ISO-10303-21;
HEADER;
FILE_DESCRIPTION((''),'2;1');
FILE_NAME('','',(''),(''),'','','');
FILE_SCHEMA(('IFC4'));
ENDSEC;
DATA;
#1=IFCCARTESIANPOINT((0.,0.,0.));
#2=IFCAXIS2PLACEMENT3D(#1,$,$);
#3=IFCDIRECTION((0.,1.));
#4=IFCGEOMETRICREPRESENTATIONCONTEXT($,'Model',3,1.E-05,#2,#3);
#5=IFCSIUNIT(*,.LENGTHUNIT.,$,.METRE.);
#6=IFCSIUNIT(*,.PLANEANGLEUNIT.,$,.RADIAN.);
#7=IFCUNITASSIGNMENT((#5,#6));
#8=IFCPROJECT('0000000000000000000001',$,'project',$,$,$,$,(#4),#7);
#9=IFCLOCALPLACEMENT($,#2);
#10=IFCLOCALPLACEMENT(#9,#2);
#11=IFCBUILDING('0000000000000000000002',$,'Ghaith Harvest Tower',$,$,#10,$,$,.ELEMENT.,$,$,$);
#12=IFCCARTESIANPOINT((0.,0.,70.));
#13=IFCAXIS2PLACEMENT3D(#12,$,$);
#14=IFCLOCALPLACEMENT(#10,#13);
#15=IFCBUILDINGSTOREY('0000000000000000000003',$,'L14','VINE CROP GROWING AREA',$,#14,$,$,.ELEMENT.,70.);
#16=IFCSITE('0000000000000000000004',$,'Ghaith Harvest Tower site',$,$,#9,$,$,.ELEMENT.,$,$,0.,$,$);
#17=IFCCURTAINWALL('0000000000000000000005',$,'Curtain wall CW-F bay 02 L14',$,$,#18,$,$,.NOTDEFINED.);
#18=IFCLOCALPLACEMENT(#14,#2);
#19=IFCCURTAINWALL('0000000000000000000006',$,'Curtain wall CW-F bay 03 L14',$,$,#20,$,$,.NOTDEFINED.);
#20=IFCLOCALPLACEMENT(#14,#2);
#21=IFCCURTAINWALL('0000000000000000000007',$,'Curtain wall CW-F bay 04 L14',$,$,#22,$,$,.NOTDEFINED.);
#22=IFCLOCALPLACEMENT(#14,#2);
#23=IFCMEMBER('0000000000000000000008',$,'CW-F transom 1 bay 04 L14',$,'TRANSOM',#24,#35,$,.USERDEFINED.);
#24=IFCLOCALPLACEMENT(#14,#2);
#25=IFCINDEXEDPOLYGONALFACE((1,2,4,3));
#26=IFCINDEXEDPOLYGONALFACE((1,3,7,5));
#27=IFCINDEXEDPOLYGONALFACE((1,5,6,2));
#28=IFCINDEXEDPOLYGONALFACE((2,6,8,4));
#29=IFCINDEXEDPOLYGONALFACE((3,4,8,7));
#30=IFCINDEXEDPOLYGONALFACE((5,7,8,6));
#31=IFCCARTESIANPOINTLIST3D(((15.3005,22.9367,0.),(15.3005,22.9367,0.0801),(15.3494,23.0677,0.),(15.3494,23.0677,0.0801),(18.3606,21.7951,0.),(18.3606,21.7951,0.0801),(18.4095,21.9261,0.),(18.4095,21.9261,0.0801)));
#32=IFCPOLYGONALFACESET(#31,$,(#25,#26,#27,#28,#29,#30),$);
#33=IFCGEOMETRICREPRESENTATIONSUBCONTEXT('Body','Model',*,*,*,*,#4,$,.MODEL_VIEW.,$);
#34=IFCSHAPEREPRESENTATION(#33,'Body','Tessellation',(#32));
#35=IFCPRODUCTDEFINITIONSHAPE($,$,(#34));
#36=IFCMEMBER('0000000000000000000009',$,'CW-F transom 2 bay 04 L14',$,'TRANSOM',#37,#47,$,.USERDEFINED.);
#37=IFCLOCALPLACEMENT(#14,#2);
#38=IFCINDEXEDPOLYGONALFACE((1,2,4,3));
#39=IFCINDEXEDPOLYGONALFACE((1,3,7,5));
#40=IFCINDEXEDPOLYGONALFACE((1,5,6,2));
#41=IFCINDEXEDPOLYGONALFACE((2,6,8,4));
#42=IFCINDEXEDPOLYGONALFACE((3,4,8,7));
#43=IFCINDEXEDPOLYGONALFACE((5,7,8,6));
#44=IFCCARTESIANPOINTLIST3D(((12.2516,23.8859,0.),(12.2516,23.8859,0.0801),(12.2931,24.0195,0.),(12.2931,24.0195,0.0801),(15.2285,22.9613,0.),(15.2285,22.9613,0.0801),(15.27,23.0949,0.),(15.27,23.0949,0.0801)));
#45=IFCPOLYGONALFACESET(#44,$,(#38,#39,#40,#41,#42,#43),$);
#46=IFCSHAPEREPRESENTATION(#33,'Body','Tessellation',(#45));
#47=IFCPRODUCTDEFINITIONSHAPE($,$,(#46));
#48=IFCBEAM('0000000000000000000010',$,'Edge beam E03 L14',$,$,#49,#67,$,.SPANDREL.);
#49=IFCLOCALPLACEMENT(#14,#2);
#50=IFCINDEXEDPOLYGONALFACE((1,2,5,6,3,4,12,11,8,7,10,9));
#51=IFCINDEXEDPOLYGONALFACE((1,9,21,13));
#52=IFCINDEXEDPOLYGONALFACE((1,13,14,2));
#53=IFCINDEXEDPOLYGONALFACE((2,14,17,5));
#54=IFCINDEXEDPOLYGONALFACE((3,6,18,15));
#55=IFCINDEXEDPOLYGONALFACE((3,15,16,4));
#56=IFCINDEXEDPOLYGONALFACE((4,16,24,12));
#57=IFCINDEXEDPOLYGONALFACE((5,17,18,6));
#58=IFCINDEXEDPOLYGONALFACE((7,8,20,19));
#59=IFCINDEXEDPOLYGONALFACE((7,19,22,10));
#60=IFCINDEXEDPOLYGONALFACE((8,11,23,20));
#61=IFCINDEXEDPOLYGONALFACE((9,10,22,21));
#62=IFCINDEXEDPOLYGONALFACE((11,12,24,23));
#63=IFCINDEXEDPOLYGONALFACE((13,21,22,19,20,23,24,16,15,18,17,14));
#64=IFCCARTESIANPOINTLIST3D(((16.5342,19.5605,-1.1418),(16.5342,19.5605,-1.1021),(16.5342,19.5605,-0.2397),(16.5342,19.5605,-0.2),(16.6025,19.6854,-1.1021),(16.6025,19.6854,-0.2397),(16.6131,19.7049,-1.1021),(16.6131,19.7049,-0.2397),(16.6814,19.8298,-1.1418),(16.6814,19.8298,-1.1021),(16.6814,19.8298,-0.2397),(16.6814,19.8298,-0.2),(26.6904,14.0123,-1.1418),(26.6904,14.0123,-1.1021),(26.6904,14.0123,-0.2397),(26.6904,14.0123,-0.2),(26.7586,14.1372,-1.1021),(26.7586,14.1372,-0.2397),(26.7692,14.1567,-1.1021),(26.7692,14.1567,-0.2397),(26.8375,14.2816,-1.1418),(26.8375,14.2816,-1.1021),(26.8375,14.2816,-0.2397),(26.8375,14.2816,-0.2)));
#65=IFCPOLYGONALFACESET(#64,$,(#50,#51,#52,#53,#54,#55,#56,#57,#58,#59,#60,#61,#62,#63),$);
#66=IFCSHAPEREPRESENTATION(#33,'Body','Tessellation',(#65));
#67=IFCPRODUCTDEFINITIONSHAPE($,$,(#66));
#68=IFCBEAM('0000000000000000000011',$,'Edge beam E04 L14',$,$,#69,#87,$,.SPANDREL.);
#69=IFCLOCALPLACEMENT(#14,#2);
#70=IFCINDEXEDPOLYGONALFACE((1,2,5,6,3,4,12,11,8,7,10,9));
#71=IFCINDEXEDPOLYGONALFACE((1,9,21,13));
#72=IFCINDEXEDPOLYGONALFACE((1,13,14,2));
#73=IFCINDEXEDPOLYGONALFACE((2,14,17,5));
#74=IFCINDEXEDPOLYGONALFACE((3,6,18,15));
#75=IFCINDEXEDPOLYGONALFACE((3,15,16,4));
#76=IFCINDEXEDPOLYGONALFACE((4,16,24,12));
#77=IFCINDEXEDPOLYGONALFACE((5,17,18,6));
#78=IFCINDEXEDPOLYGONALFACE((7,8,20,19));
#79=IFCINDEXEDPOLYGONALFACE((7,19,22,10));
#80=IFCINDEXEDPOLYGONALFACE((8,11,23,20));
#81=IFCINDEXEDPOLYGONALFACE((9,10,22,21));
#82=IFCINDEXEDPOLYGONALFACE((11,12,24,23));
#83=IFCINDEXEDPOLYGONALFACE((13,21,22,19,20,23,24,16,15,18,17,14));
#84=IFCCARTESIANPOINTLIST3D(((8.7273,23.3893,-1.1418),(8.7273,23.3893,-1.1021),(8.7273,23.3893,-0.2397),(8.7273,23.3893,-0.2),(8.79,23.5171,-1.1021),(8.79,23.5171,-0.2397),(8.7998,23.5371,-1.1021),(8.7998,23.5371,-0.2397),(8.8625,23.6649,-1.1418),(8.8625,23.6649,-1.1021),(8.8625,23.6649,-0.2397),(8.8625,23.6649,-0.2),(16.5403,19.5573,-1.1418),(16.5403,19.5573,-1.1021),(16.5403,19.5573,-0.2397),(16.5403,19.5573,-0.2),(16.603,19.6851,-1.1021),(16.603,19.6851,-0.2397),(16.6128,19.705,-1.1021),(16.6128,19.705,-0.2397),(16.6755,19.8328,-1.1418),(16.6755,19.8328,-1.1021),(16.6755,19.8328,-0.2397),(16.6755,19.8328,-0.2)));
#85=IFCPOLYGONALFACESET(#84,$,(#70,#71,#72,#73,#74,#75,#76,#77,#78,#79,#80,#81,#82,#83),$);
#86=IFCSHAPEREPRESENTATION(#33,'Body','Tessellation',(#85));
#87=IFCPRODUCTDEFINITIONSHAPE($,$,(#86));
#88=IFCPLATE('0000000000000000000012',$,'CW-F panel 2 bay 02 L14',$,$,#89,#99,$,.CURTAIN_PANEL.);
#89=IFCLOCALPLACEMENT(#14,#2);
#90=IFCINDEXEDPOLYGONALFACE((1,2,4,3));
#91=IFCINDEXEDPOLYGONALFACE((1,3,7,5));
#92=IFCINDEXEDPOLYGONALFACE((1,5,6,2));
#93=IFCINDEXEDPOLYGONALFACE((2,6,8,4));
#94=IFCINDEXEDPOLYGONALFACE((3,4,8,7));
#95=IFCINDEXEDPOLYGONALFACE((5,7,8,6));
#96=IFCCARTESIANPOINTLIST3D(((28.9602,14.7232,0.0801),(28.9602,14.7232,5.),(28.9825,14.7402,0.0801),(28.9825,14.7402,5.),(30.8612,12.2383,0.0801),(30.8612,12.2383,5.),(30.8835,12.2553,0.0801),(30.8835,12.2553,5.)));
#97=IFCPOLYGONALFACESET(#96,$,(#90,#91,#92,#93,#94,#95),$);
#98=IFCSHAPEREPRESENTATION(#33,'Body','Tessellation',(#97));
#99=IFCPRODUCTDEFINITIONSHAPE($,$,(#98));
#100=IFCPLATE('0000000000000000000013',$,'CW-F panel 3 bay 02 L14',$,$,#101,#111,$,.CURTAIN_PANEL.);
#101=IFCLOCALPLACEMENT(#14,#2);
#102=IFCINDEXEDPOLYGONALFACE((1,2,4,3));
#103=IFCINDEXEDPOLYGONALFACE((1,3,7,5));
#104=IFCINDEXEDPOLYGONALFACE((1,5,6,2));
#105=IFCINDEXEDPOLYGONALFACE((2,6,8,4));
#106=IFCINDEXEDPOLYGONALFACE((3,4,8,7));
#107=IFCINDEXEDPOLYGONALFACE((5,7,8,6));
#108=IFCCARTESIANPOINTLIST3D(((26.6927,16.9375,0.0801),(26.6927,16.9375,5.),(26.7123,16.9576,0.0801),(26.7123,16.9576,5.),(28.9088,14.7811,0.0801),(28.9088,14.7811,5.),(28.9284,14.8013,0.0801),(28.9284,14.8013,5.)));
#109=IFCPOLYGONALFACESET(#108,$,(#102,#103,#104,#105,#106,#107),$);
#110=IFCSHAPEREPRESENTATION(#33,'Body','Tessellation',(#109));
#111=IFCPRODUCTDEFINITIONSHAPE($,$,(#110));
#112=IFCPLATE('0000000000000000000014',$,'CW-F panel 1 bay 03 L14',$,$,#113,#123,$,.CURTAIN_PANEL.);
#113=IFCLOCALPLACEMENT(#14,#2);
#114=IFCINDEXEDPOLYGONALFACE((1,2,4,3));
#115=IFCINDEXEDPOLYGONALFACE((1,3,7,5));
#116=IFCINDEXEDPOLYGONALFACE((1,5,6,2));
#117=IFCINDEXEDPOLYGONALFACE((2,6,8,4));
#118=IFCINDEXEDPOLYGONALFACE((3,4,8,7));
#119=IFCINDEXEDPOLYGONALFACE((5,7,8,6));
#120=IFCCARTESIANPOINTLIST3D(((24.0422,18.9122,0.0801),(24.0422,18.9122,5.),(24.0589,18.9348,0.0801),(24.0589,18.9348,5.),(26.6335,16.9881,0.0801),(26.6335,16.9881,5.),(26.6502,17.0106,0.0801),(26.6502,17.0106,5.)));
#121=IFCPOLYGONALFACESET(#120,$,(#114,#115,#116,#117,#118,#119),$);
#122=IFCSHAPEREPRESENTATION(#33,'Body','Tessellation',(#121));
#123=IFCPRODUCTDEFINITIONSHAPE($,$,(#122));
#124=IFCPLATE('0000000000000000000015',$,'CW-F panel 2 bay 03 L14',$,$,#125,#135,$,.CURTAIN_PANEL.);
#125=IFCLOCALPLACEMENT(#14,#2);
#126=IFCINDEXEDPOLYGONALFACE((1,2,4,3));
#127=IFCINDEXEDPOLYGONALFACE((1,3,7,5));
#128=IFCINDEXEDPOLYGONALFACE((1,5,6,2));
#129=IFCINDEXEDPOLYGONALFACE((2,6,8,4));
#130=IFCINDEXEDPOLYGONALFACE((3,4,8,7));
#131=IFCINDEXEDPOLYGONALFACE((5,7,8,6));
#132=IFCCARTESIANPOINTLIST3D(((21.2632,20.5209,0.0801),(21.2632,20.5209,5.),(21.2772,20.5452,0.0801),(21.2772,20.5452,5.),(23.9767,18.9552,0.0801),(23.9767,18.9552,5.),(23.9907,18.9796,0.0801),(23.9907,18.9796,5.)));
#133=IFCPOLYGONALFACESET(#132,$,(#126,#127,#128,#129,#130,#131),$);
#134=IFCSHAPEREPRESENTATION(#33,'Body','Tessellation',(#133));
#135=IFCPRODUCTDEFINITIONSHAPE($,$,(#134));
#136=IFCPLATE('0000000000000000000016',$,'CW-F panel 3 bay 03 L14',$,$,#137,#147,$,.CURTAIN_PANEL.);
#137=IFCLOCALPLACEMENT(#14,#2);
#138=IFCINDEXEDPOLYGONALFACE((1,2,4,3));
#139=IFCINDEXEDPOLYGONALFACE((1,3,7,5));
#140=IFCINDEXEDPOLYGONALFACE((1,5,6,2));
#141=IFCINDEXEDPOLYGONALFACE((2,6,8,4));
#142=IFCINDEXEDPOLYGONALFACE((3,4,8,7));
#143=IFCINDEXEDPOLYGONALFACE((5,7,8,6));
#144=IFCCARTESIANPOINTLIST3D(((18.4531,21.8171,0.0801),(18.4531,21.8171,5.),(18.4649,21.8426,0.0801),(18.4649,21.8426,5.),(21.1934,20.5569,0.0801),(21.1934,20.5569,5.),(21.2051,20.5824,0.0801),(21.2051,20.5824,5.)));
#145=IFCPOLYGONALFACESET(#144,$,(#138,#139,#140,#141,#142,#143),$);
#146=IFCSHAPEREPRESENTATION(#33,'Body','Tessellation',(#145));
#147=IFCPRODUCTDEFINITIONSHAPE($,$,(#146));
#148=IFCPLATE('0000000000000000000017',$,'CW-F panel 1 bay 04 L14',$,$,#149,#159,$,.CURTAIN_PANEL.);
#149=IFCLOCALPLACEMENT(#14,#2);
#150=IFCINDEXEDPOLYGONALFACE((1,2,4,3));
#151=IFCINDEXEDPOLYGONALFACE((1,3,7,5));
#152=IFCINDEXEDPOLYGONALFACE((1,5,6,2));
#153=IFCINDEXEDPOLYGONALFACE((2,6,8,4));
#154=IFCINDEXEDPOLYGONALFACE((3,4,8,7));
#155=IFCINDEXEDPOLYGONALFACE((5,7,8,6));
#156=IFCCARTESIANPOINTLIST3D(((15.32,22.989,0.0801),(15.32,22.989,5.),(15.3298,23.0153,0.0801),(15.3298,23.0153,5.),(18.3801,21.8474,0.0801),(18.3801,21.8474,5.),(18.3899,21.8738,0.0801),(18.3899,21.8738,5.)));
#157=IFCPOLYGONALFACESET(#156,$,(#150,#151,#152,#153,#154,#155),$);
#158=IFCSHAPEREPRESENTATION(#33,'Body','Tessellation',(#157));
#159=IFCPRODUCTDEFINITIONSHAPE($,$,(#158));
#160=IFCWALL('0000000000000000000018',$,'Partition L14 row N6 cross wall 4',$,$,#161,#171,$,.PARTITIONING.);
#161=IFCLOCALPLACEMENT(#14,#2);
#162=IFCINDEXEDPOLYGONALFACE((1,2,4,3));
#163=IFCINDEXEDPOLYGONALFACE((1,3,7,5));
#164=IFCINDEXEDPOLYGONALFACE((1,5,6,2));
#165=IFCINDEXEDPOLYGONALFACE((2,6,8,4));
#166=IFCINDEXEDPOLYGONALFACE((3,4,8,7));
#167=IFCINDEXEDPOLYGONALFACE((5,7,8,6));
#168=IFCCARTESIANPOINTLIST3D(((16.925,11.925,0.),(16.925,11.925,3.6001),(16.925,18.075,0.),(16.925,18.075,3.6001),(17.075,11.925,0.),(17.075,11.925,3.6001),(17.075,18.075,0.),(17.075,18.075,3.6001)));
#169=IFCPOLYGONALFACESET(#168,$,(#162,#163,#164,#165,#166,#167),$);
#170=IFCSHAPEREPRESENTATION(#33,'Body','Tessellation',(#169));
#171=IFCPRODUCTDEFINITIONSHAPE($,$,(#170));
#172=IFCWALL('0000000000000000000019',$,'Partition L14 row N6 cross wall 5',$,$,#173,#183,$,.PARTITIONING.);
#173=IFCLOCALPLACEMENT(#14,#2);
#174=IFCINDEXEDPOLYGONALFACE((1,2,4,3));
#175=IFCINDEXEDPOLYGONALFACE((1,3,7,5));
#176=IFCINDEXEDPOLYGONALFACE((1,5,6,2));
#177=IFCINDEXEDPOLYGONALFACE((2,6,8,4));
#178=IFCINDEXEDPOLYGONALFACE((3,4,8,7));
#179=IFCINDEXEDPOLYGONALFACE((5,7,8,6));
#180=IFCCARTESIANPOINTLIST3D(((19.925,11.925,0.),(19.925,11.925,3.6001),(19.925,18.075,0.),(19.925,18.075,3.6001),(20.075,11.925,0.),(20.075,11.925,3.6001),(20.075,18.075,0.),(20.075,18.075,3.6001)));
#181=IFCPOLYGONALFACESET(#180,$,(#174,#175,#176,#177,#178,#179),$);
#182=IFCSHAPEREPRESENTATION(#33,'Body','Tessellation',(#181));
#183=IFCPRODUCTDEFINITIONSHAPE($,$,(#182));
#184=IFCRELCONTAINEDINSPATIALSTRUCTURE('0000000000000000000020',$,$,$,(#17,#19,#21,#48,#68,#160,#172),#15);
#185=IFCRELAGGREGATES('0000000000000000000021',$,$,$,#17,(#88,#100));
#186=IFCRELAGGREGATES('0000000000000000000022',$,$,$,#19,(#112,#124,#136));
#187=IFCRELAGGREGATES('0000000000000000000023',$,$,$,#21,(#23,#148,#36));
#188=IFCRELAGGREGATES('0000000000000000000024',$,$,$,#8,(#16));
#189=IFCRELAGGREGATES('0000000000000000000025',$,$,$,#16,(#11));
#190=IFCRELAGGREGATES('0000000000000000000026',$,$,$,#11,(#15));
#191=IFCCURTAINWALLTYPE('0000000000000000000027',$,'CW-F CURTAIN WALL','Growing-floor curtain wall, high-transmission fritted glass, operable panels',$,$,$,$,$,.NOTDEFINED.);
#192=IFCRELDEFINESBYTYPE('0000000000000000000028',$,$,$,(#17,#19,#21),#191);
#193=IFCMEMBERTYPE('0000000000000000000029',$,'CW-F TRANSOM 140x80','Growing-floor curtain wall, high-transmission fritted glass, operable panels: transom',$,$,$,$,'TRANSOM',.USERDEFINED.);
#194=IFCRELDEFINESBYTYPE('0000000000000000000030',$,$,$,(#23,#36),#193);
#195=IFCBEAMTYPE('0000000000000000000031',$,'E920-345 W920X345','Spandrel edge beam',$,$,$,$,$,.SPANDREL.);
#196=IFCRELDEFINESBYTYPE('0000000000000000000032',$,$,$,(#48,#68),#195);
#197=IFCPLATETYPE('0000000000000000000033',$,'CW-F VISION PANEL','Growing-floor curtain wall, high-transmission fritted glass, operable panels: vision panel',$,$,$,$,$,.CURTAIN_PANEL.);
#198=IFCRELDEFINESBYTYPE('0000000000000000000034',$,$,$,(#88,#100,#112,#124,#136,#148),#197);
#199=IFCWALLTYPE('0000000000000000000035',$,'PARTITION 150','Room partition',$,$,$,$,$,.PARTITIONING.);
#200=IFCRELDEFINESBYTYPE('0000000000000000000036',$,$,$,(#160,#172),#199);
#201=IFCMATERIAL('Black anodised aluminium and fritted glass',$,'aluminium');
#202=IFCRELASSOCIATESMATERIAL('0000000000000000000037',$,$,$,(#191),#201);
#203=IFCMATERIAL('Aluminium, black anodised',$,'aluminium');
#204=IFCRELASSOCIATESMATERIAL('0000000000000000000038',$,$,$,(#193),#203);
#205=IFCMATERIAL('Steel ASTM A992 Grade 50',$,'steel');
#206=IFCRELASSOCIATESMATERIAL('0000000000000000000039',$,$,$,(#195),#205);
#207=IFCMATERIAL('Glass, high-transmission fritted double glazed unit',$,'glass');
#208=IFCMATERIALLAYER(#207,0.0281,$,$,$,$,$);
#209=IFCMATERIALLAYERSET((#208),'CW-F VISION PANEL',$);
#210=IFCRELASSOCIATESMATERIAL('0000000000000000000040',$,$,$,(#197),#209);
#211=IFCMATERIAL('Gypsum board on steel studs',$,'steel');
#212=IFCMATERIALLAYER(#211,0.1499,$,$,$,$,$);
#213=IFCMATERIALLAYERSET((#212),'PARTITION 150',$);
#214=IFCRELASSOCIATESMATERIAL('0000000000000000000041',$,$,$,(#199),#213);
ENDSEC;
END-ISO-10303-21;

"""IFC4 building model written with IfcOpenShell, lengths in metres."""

from ifc_helpers import new_model, si_unit, direction, frame, frame_2d, origin, origin_2d, place, context, subcontext, project, spatial, rectangle, i_section, extrude, material, layer, layer_set, material_profile, profile_set, type_object, element, aggregate, save


model = new_model("IFC4")

# Units and contexts
model_context = context("Model", 3, precision=1e-05, world=origin(), true_north=direction((0.0, 1.0)))
body_context = subcontext(model_context, "Body", "Model", "MODEL_VIEW")
ifc_project = project(units=[si_unit("LENGTHUNIT", "METRE"), si_unit("PLANEANGLEUNIT", "RADIAN")], contexts=[model_context])

# Site, building, storey
site_placement = place(None, origin())
site = spatial("IfcSite", under=ifc_project, at=site_placement, Name="Ghaith Harvest Tower site", CompositionType="ELEMENT", RefElevation=0.0)
building_placement = place(site_placement, origin())
building = spatial("IfcBuilding", under=site, at=building_placement, Name="Ghaith Harvest Tower", CompositionType="ELEMENT")
storey_placement = place(building_placement, frame((0.0, 0.0, 70.0)))
storey = spatial("IfcBuildingStorey", under=building, at=storey_placement, Name="L14", Description="VINE CROP GROWING AREA", CompositionType="ELEMENT", Elevation=70.0)

# Curtain walls
ifc_material_1 = material(Name="Black anodised aluminium and fritted glass", Category="aluminium")
curtain_wall_type = type_object("IfcCurtainWallType", Name="CW-F CURTAIN WALL", Description="Growing-floor curtain wall, high-transmission fritted glass, operable panels", PredefinedType="NOTDEFINED", material=ifc_material_1)
curtain_wall_1_placement = place(storey_placement, origin())
curtain_wall_1 = element("IfcCurtainWall", 1, at=curtain_wall_1_placement, inside=storey, type_object=curtain_wall_type, Name="Curtain wall CW-F bay 02 L14", PredefinedType="NOTDEFINED")
curtain_wall_2_placement = place(storey_placement, origin())
curtain_wall_2 = element("IfcCurtainWall", 2, at=curtain_wall_2_placement, inside=storey, type_object=curtain_wall_type, Name="Curtain wall CW-F bay 03 L14", PredefinedType="NOTDEFINED")
curtain_wall_3_placement = place(storey_placement, origin())
curtain_wall_3 = element("IfcCurtainWall", 3, at=curtain_wall_3_placement, inside=storey, type_object=curtain_wall_type, Name="Curtain wall CW-F bay 04 L14", PredefinedType="NOTDEFINED")

# Members
ifc_material_2 = material(Name="Aluminium, black anodised", Category="aluminium")
ifc_material_profile_1 = material_profile(ifc_material_2, rectangle(XDim=0.1399, YDim=0.0801, at=origin_2d()), Name="CW-F TRANSOM 140x80")
ifc_profile_set_1 = profile_set([ifc_material_profile_1], Name="Aluminium, black anodised")
member_type_1 = type_object("IfcMemberType", Name="CW-F TRANSOM 140x80", Description="Growing-floor curtain wall, high-transmission fritted glass, operable panels: transom", ElementType="TRANSOM", PredefinedType="USERDEFINED", material=ifc_profile_set_1)
member_1_placement = place(storey_placement, frame((18.385, 21.8606, 0.04), z_axis=(-0.936924, 0.349534, 0.0), x_axis=(-0.349534, -0.936924, 0.0)))
member_1 = element("IfcMember", 4, at=member_1_placement, type_object=member_type_1, Name="CW-F transom 1 bay 04 L14", ObjectType="TRANSOM", PredefinedType="USERDEFINED", context=body_context, shape_type="SweptSolid", body=[
    extrude(rectangle(XDim=0.1399, YDim=0.0801, at=origin_2d()), origin(), (0.0, 0.0, 1.0), 3.2661),
])
member_2_placement = place(storey_placement, frame((15.2493, 23.0281, 0.04), z_axis=(-0.954998, 0.296611, 0.0), x_axis=(-0.296611, -0.954998, 0.0)))
member_2 = element("IfcMember", 5, at=member_2_placement, type_object=member_type_1, Name="CW-F transom 2 bay 04 L14", ObjectType="TRANSOM", PredefinedType="USERDEFINED", context=body_context, shape_type="SweptSolid", body=[
    extrude(rectangle(XDim=0.1399, YDim=0.0801, at=origin_2d()), origin(), (0.0, 0.0, 1.0), 3.1172),
])

# Beams
ifc_material_3 = material(Name="Steel ASTM A992 Grade 50", Category="steel")
ifc_material_profile_2 = material_profile(ifc_material_3, i_section(OverallWidth=0.3069, OverallDepth=0.9419, WebThickness=0.0222, FlangeThickness=0.0398, at=origin_2d()), Name="W920X345")
ifc_profile_set_2 = profile_set([ifc_material_profile_2], Name="Steel ASTM A992 Grade 50")
beam_type = type_object("IfcBeamType", Name="E920-345 W920X345", Description="Spandrel edge beam", PredefinedType="SPANDREL", material=ifc_profile_set_2)
beam_1_placement = place(storey_placement, frame((26.7639, 14.147, -0.6709), z_axis=(-0.877588, 0.479415, 0.0), x_axis=(-0.479415, -0.877588, 0.0)))
element("IfcBeam", 6, at=beam_1_placement, inside=storey, type_object=beam_type, Name="Edge beam E03 L14", PredefinedType="SPANDREL", context=body_context, shape_type="SweptSolid", body=[
    extrude(i_section(OverallWidth=0.3069, OverallDepth=0.9419, WebThickness=0.0222, FlangeThickness=0.0398, at=origin_2d()), origin(), (0.0, 0.0, 1.0), 11.5728),
])
beam_2_placement = place(storey_placement, frame((16.6079, 19.6951, -0.6709), z_axis=(-0.897824, 0.440355, 0.0), x_axis=(-0.440355, -0.897824, 0.0)))
element("IfcBeam", 7, at=beam_2_placement, inside=storey, type_object=beam_type, Name="Edge beam E04 L14", PredefinedType="SPANDREL", context=body_context, shape_type="SweptSolid", body=[
    extrude(i_section(OverallWidth=0.3069, OverallDepth=0.9419, WebThickness=0.0222, FlangeThickness=0.0398, at=origin_2d()), origin(), (0.0, 0.0, 1.0), 8.7021),
])

# Plates
ifc_material_4 = material(Name="Glass, high-transmission fritted double glazed unit", Category="glass")
ifc_layer_1 = layer(ifc_material_4, 0.0281)
ifc_layer_set_1 = layer_set([ifc_layer_1], Name="CW-F VISION PANEL")
plate_type = type_object("IfcPlateType", Name="CW-F VISION PANEL", Description="Growing-floor curtain wall, high-transmission fritted glass, operable panels: vision panel", PredefinedType="CURTAIN_PANEL", material=ifc_layer_set_1)
plate_1_placement = place(storey_placement, frame((29.9219, 13.4893, 0.0801), z_axis=(0.0, 0.0, 1.0), x_axis=(-0.607612, 0.794234, 0.0)))
plate_1 = element("IfcPlate", 8, at=plate_1_placement, type_object=plate_type, Name="CW-F panel 2 bay 02 L14", PredefinedType="CURTAIN_PANEL", context=body_context, shape_type="SweptSolid", body=[
    extrude(rectangle(XDim=3.1287, YDim=0.0281, at=origin_2d()), origin(), (0.0, 0.0, 1.0), 4.9199),
])
plate_2_placement = place(storey_placement, frame((27.8105, 15.8694, 0.0801), z_axis=(0.0, 0.0, 1.0), x_axis=(-0.716691, 0.697391, 0.0)))
plate_2 = element("IfcPlate", 9, at=plate_2_placement, type_object=plate_type, Name="CW-F panel 3 bay 02 L14", PredefinedType="CURTAIN_PANEL", context=body_context, shape_type="SweptSolid", body=[
    extrude(rectangle(XDim=3.092, YDim=0.0281, at=origin_2d()), origin(), (0.0, 0.0, 1.0), 4.9199),
])
aggregate(curtain_wall_1, [plate_1, plate_2])
plate_3_placement = place(storey_placement, frame((25.3462, 17.9614, 0.0801), z_axis=(0.0, 0.0, 1.0), x_axis=(-0.802867, 0.596158, 0.0)))
plate_3 = element("IfcPlate", 10, at=plate_3_placement, type_object=plate_type, Name="CW-F panel 1 bay 03 L14", PredefinedType="CURTAIN_PANEL", context=body_context, shape_type="SweptSolid", body=[
    extrude(rectangle(XDim=3.2275, YDim=0.0281, at=origin_2d()), origin(), (0.0, 0.0, 1.0), 4.9199),
])
plate_4_placement = place(storey_placement, frame((22.627, 19.7502, 0.0801), z_axis=(0.0, 0.0, 1.0), x_axis=(-0.866159, 0.499768, 0.0)))
plate_4 = element("IfcPlate", 11, at=plate_4_placement, type_object=plate_type, Name="CW-F panel 2 bay 03 L14", PredefinedType="CURTAIN_PANEL", context=body_context, shape_type="SweptSolid", body=[
    extrude(rectangle(XDim=3.1328, YDim=0.0281, at=origin_2d()), origin(), (0.0, 0.0, 1.0), 4.9199),
])
plate_5_placement = place(storey_placement, frame((19.8291, 21.1997, 0.0801), z_axis=(0.0, 0.0, 1.0), x_axis=(-0.90853, 0.417821, 0.0)))
plate_5 = element("IfcPlate", 12, at=plate_5_placement, type_object=plate_type, Name="CW-F panel 3 bay 03 L14", PredefinedType="CURTAIN_PANEL", context=body_context, shape_type="SweptSolid", body=[
    extrude(rectangle(XDim=3.0161, YDim=0.0281, at=origin_2d()), origin(), (0.0, 0.0, 1.0), 4.9199),
])
aggregate(curtain_wall_2, [plate_3, plate_4, plate_5])
plate_6_placement = place(storey_placement, frame((16.855, 22.4314, 0.0801), z_axis=(0.0, 0.0, 1.0), x_axis=(-0.936926, 0.349526, 0.0)))
plate_6 = element("IfcPlate", 13, at=plate_6_placement, type_object=plate_type, Name="CW-F panel 1 bay 04 L14", PredefinedType="CURTAIN_PANEL", context=body_context, shape_type="SweptSolid", body=[
    extrude(rectangle(XDim=3.2661, YDim=0.0281, at=origin_2d()), origin(), (0.0, 0.0, 1.0), 4.9199),
])
aggregate(curtain_wall_3, [member_1, plate_6, member_2])

# Walls
ifc_material_5 = material(Name="Gypsum board on steel studs", Category="steel")
ifc_layer_2 = layer(ifc_material_5, 0.1499)
ifc_layer_set_2 = layer_set([ifc_layer_2], Name="PARTITION 150")
wall_type = type_object("IfcWallType", Name="PARTITION 150", Description="Room partition", PredefinedType="PARTITIONING", material=ifc_layer_set_2)
for number, where, z_axis, x_axis, name in (
    (14, (17.0, 11.925, 0.0), (0.0, 0.0, 1.0), (0.0, 1.0, 0.0), "Partition L14 row N6 cross wall 4"),
    (15, (20.0, 11.925, 0.0), (0.0, 0.0, 1.0), (0.0, 1.0, 0.0), "Partition L14 row N6 cross wall 5"),
):
    element("IfcWall", number, at=place(storey_placement, frame(where, z_axis=z_axis, x_axis=x_axis)), inside=storey, type_object=wall_type, Name=name, PredefinedType="PARTITIONING", context=body_context, shape_type="SweptSolid", body=[
        extrude(rectangle(XDim=6.1499, YDim=0.1499, at=frame_2d((3.075, 0.0))), origin(), (0.0, 0.0, 1.0), 3.6001),
    ])

save(model, "model.ifc")
